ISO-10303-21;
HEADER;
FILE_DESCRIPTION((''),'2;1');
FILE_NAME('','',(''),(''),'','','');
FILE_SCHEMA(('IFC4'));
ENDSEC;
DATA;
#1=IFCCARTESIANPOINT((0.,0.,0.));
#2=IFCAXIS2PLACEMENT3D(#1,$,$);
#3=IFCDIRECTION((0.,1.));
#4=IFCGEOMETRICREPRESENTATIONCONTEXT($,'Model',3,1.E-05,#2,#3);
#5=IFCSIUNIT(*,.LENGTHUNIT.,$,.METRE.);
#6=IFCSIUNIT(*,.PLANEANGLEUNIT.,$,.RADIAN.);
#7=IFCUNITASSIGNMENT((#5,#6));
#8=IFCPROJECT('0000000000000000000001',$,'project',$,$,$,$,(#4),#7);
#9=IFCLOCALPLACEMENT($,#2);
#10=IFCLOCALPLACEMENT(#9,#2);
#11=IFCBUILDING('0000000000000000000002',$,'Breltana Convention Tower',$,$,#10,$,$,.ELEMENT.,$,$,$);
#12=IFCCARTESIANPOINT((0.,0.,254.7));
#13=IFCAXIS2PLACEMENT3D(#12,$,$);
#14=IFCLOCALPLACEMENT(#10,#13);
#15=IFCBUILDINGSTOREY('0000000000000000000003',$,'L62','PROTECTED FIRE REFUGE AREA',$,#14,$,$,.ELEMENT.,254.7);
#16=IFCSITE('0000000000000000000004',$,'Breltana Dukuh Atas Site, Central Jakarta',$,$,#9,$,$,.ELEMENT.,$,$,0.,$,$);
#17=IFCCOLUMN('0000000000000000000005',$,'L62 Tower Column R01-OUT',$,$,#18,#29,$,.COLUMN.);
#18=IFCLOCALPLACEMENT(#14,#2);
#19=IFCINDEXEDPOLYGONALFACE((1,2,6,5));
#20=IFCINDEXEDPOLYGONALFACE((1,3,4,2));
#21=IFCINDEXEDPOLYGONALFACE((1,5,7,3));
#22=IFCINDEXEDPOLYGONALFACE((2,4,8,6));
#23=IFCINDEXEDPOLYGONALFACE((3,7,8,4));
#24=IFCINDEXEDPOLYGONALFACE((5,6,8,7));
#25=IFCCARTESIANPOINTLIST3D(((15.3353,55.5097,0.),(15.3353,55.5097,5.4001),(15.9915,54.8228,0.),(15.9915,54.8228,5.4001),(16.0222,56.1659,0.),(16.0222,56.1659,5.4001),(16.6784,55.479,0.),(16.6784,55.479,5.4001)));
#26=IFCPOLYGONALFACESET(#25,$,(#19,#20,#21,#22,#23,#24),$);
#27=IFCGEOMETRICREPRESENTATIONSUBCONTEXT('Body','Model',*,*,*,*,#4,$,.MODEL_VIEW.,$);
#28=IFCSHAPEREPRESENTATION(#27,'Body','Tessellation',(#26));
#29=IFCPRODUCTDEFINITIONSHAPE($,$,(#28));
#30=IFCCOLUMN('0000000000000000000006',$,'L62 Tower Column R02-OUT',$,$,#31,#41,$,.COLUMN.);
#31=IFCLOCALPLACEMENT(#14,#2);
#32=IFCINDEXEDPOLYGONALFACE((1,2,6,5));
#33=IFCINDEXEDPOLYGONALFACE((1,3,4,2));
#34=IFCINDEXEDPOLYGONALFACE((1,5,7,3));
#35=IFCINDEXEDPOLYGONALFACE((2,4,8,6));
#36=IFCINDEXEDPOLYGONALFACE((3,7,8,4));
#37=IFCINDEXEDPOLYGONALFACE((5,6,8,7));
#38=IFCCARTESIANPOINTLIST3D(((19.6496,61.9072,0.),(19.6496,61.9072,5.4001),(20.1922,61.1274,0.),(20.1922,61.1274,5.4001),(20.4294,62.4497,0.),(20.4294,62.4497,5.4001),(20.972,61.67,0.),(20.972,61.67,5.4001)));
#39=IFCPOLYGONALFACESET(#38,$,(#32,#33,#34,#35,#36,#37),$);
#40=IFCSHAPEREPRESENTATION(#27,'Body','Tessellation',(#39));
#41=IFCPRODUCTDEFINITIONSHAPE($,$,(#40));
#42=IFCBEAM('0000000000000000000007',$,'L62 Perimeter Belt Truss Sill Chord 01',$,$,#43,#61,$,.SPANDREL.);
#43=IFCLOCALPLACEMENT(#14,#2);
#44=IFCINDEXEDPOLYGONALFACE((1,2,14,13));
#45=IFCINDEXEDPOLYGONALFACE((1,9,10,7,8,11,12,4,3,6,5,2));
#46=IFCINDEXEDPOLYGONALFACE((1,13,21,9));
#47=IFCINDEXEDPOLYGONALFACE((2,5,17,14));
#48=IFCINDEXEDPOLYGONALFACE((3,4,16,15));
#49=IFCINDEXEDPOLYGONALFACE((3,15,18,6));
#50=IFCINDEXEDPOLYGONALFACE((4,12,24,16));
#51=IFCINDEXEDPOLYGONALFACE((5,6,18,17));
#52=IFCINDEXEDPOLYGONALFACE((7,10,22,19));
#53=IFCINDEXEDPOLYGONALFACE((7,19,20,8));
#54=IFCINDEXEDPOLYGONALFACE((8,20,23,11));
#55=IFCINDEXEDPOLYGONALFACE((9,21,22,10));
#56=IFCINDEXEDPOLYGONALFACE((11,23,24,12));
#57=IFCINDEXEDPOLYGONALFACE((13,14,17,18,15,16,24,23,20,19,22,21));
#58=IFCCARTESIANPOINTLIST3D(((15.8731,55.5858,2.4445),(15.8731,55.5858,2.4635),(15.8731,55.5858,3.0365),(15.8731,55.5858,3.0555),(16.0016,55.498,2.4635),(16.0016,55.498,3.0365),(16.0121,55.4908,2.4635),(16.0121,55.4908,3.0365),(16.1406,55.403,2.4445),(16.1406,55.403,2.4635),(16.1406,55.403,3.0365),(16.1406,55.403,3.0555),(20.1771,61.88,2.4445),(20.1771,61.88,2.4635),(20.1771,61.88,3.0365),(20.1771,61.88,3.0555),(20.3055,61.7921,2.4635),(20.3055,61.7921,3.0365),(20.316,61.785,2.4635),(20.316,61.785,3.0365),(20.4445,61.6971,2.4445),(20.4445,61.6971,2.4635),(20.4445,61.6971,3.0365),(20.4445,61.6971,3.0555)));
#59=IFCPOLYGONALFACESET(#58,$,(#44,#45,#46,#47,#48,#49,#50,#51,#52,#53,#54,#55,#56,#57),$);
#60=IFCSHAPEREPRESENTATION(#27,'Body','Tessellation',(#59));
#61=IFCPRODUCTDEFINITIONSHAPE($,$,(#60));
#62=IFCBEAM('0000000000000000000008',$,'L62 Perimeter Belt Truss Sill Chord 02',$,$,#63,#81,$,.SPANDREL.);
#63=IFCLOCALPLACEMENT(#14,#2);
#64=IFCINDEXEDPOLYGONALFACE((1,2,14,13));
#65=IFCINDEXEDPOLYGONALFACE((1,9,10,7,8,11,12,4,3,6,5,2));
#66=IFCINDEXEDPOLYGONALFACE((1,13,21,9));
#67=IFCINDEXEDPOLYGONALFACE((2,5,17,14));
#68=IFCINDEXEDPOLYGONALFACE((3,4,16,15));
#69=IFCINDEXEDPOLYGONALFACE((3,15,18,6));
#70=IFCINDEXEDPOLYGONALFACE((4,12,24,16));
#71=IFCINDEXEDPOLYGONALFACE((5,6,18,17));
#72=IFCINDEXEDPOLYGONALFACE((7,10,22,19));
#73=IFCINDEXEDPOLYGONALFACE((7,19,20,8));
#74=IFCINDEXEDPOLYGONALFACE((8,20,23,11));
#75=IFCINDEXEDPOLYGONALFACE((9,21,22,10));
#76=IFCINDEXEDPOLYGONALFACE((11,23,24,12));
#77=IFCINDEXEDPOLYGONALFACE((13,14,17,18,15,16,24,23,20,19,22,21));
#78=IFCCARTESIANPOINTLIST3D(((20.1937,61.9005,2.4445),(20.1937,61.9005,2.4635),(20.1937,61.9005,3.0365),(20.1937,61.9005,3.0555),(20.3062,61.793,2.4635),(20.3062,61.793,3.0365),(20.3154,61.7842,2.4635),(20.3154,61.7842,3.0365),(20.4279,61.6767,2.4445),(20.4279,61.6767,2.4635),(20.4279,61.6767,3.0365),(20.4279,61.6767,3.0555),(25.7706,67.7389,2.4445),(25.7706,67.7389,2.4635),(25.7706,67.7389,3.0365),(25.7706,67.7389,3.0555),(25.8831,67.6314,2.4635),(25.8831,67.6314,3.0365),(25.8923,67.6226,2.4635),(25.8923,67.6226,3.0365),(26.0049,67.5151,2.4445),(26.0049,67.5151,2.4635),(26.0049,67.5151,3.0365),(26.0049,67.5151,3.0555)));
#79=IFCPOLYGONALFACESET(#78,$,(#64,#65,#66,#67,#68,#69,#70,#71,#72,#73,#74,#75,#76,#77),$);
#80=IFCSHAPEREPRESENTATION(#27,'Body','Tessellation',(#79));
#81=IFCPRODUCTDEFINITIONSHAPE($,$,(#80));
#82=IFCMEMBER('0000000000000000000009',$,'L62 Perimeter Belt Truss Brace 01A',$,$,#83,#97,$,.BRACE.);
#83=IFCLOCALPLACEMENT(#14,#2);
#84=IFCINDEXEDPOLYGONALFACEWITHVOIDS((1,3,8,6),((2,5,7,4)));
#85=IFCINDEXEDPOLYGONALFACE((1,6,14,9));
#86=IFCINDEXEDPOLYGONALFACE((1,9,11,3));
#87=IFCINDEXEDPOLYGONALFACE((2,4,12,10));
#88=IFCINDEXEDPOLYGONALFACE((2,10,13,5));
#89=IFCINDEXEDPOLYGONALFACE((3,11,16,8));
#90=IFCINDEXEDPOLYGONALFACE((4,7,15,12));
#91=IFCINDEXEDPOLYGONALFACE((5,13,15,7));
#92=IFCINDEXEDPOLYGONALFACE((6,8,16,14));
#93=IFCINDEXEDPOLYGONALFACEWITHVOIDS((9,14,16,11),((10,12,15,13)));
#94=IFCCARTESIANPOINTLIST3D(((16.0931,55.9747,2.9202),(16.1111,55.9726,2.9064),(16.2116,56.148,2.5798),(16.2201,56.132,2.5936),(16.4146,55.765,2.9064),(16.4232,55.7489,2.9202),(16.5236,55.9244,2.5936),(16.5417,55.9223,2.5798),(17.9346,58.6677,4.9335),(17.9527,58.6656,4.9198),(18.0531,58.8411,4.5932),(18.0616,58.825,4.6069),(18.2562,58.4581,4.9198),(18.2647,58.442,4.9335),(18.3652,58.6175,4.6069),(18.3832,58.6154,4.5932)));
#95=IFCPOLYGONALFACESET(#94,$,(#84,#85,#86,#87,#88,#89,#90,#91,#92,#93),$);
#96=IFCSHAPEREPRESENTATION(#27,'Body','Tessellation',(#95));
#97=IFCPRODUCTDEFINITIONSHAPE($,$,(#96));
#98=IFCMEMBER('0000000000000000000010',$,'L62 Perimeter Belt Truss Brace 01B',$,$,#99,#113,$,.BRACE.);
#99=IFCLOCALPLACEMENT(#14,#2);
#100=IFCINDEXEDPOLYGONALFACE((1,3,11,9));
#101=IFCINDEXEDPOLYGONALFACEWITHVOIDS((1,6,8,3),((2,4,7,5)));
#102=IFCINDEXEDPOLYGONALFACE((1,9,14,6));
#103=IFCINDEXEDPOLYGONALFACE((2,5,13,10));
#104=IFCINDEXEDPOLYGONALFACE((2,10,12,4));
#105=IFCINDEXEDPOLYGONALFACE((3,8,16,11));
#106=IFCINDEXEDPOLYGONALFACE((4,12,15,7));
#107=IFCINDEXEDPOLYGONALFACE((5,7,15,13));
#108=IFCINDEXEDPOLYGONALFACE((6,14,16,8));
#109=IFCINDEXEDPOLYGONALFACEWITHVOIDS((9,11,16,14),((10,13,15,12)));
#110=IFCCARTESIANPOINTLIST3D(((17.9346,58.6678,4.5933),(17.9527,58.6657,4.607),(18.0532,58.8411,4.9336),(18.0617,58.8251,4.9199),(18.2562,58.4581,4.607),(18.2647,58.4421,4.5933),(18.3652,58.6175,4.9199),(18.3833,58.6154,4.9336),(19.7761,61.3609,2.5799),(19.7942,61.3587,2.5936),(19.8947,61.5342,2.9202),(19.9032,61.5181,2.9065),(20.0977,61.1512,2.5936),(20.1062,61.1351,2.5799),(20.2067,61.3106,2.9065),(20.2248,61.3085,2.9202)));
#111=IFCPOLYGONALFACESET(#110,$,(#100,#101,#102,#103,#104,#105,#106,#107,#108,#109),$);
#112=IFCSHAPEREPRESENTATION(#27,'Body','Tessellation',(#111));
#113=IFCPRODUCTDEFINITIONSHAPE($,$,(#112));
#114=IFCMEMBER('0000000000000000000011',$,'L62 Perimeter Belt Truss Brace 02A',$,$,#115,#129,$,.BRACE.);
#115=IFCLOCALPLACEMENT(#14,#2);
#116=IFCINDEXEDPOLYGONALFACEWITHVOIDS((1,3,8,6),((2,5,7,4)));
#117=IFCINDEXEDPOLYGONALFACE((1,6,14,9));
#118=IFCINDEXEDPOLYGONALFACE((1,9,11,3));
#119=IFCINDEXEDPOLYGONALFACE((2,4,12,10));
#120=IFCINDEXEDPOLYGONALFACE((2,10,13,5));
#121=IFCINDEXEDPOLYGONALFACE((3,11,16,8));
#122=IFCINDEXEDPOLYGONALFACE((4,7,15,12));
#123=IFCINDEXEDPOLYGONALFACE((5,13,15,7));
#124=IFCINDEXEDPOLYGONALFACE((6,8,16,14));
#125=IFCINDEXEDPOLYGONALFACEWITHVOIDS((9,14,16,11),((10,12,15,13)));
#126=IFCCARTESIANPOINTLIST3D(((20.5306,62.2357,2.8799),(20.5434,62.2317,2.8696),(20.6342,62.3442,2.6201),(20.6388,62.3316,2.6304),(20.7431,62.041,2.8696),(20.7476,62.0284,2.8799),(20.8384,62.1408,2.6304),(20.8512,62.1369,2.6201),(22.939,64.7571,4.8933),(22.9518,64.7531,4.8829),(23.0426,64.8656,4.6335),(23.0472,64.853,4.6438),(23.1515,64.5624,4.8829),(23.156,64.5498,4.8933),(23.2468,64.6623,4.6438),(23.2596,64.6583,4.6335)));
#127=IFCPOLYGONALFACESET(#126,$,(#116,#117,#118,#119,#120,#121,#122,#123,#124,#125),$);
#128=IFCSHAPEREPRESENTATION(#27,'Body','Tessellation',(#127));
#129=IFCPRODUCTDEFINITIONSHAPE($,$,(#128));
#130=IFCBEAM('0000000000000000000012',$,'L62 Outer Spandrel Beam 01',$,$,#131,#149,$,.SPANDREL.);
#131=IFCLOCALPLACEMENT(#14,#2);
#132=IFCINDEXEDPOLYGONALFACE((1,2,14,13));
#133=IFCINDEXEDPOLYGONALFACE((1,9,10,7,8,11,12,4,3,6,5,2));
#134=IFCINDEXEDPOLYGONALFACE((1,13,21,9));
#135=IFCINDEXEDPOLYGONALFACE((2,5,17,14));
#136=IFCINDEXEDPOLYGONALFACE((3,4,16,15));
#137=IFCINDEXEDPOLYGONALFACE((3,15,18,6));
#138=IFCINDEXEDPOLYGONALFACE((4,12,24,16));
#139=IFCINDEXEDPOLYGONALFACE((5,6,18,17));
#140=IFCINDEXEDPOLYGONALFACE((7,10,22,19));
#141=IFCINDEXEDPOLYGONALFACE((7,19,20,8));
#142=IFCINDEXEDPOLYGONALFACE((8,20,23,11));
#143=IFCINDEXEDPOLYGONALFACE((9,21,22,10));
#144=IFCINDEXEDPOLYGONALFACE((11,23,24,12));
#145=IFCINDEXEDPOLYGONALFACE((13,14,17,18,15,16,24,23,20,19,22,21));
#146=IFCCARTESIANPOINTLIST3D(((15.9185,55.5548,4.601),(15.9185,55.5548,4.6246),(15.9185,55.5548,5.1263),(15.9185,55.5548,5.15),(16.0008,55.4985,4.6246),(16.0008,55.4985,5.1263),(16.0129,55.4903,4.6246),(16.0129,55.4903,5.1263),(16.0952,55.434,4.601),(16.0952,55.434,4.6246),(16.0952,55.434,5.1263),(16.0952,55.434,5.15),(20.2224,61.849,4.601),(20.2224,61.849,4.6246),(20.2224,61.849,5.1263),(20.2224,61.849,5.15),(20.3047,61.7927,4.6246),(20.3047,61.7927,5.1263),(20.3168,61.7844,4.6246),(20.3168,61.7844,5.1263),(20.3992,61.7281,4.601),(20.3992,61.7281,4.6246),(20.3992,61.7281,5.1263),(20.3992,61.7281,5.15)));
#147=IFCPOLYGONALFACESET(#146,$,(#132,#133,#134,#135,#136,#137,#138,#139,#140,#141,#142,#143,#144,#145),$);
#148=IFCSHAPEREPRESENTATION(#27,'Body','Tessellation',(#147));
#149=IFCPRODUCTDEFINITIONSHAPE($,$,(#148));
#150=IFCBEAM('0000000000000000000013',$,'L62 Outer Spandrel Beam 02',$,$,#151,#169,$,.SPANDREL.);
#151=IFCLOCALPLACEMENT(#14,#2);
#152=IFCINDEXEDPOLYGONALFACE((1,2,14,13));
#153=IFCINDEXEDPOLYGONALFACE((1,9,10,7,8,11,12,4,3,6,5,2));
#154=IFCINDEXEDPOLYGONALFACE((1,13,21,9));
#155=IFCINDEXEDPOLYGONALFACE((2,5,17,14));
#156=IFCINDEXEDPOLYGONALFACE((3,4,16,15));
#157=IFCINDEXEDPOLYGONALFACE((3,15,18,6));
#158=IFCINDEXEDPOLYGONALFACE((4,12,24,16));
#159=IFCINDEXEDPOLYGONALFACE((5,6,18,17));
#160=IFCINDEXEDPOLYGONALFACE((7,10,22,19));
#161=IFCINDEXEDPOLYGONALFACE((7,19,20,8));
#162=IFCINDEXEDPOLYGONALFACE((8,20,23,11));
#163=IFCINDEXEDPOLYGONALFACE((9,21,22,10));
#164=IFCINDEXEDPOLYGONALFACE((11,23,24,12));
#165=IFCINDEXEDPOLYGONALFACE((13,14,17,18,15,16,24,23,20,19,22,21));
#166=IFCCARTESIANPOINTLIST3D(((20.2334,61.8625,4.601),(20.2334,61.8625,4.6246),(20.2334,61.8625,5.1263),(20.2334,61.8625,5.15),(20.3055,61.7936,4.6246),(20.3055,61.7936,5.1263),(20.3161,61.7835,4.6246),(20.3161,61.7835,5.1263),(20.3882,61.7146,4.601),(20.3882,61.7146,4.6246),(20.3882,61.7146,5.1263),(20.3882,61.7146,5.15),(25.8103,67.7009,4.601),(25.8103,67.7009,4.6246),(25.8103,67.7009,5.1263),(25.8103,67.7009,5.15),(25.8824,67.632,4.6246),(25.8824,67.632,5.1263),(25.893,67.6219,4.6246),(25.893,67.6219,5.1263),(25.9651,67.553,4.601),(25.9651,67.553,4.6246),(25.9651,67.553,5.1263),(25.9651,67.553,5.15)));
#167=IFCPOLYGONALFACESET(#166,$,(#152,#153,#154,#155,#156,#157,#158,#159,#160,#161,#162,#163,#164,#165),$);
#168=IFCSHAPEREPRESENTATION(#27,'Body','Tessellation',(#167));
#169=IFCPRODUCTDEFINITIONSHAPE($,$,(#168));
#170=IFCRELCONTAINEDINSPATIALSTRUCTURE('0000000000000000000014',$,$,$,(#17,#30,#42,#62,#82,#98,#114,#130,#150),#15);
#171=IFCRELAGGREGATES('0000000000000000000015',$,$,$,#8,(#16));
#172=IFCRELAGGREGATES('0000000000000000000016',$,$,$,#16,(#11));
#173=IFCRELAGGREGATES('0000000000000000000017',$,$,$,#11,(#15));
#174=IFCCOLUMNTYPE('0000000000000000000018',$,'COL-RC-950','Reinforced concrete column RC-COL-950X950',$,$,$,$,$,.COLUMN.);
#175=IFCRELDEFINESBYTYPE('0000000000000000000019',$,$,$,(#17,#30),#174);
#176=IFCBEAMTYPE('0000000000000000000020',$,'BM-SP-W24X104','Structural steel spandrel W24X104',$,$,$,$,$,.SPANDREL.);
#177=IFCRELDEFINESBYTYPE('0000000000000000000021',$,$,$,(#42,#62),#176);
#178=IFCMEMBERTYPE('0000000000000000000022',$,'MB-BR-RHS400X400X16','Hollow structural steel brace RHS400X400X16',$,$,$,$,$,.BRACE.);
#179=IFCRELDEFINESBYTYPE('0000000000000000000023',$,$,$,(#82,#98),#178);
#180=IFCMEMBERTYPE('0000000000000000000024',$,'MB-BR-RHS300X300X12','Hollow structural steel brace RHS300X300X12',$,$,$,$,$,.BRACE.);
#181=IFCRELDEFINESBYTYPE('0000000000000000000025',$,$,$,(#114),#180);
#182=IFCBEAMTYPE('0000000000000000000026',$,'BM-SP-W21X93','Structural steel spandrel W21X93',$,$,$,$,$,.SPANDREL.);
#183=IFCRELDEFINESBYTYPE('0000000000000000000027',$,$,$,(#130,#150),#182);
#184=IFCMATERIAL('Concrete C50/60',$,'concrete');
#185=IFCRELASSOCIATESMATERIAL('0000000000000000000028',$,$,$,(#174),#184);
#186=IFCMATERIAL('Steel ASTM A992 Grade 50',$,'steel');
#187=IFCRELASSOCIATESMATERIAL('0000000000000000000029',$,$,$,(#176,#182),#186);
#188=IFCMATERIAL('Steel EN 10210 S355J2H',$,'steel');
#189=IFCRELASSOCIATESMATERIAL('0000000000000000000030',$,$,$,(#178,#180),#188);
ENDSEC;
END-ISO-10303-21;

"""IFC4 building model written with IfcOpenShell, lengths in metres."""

from ifc_helpers import new_model, si_unit, direction, frame, origin, origin_2d, place, context, subcontext, project, spatial, rectangle, hollow_rectangle, i_section, extrude, source, transform, mapped, material, material_profile, profile_set, type_object, type_shapes, element, save


model = new_model("IFC4")

# Units and contexts
model_context = context("Model", 3, precision=1e-05, world=origin(), true_north=direction((0.0, 1.0)))
body_context = subcontext(model_context, "Body", "Model", "MODEL_VIEW")
ifc_project = project(units=[si_unit("LENGTHUNIT", "METRE"), si_unit("PLANEANGLEUNIT", "RADIAN")], contexts=[model_context])

# Site, building, storey
site_placement = place(None, origin())
site = spatial("IfcSite", under=ifc_project, at=site_placement, Name="Breltana Dukuh Atas Site, Central Jakarta", CompositionType="ELEMENT", RefElevation=0.0)
building_placement = place(site_placement, origin())
building = spatial("IfcBuilding", under=site, at=building_placement, Name="Breltana Convention Tower", CompositionType="ELEMENT")
storey_placement = place(building_placement, frame((0.0, 0.0, 254.7)))
storey = spatial("IfcBuildingStorey", under=building, at=storey_placement, Name="L62", Description="PROTECTED FIRE REFUGE AREA", CompositionType="ELEMENT", Elevation=254.7)

# Columns
ifc_material_1 = material(Name="Concrete C50/60", Category="concrete")
ifc_material_profile_1 = material_profile(ifc_material_1, rectangle(XDim=0.95, YDim=0.95, at=origin_2d()), Name="RC-COL-950X950")
ifc_profile_set_1 = profile_set([ifc_material_profile_1], Name="Concrete C50/60")
column_type = type_object("IfcColumnType", Name="COL-RC-950", Description="Reinforced concrete column RC-COL-950X950", PredefinedType="COLUMN", material=ifc_profile_set_1)
shared_shape_1 = source(origin(), body_context, "Body", "SweptSolid", [
    extrude(rectangle(XDim=0.95, YDim=0.95, at=origin_2d()), origin(), (0.0, 0.0, 1.0), 5.4001),
])
for number, where, z_axis, x_axis, name in (
    (1, (16.0068, 55.4944, 0.0), (0.0, 0.0, 1.0), (-0.690756, 0.723088, 0.0), "L62 Tower Column R01-OUT"),
    (2, (20.3108, 61.7886, 0.0), (0.0, 0.0, 1.0), (-0.571143, 0.82085, 0.0), "L62 Tower Column R02-OUT"),
):
    element("IfcColumn", number, at=place(storey_placement, frame(where, z_axis=z_axis, x_axis=x_axis)), inside=storey, type_object=column_type, Name=name, PredefinedType="COLUMN", context=body_context, shape_type="MappedRepresentation", body=[
        mapped(shared_shape_1, transform((0.0, 0.0, 0.0), scale=1.0)),
    ])

# Beams
ifc_material_2 = material(Name="Steel ASTM A992 Grade 50", Category="steel")
ifc_material_profile_2 = material_profile(ifc_material_2, i_section(OverallWidth=0.324, OverallDepth=0.6111, WebThickness=0.0127, FlangeThickness=0.019, at=origin_2d()), Name="W24X104")
ifc_profile_set_2 = profile_set([ifc_material_profile_2], Name="Steel ASTM A992 Grade 50")
beam_type_1 = type_object("IfcBeamType", Name="BM-SP-W24X104", Description="Structural steel spandrel W24X104", PredefinedType="SPANDREL", material=ifc_profile_set_2)
shared_shape_2 = source(origin(), body_context, "Body", "SweptSolid", [
    extrude(i_section(OverallWidth=0.324, OverallDepth=0.6111, WebThickness=0.0127, FlangeThickness=0.019, at=origin_2d()), origin(), (0.0, 0.0, 1.0), 7.625),
])
type_shapes(beam_type_1, [shared_shape_2])
beam_1_placement = place(storey_placement, frame((16.0068, 55.4944, 2.75), z_axis=(0.564452, 0.825466, 0.0), x_axis=(-0.825466, 0.564452, 0.0)))
element("IfcBeam", 3, at=beam_1_placement, inside=storey, type_object=beam_type_1, Name="L62 Perimeter Belt Truss Sill Chord 01", PredefinedType="SPANDREL", context=body_context, shape_type="MappedRepresentation", body=[
    mapped(shared_shape_2, transform((0.0, 0.0, 0.0), scale=1.0)),
])
shared_shape_3 = source(origin(), body_context, "Body", "SweptSolid", [
    extrude(i_section(OverallWidth=0.324, OverallDepth=0.6111, WebThickness=0.0127, FlangeThickness=0.019, at=origin_2d()), origin(), (0.0, 0.0, 1.0), 8.074),
])
beam_2_placement = place(storey_placement, frame((20.3108, 61.7886, 2.75), z_axis=(0.690729, 0.723114, 0.0), x_axis=(-0.723114, 0.690729, 0.0)))
element("IfcBeam", 4, at=beam_2_placement, inside=storey, type_object=beam_type_1, Name="L62 Perimeter Belt Truss Sill Chord 02", PredefinedType="SPANDREL", context=body_context, shape_type="MappedRepresentation", body=[
    mapped(shared_shape_3, transform((0.0, 0.0, 0.0), scale=1.0)),
])

# Members
ifc_material_3 = material(Name="Steel EN 10210 S355J2H", Category="steel")
ifc_material_profile_3 = material_profile(ifc_material_3, hollow_rectangle(XDim=0.3999, YDim=0.3999, WallThickness=0.0161, at=origin_2d()), Name="RHS400X400X16")
ifc_profile_set_3 = profile_set([ifc_material_profile_3], Name="Steel EN 10210 S355J2H")
member_type_1 = type_object("IfcMemberType", Name="MB-BR-RHS400X400X16", Description="Hollow structural steel brace RHS400X400X16", PredefinedType="BRACE", material=ifc_profile_set_3)
shared_shape_4 = source(origin(), body_context, "Body", "SweptSolid", [
    extrude(hollow_rectangle(XDim=0.3999, YDim=0.3999, WallThickness=0.0161, at=origin_2d()), origin(), (0.0, 0.0, 1.0), 3.8337),
])
for number, where, z_axis, x_axis, name in (
    (5, (16.3174, 55.9485, 2.75), (0.480346, 0.702465, 0.525177), (-0.825465, 0.564453, 0.0), "L62 Perimeter Belt Truss Brace 01A"),
    (6, (18.1589, 58.6416, 4.7634), (0.480346, 0.702465, -0.525177), (-0.825465, 0.564453, 0.0), "L62 Perimeter Belt Truss Brace 01B"),
):
    element("IfcMember", number, at=place(storey_placement, frame(where, z_axis=z_axis, x_axis=x_axis)), inside=storey, type_object=member_type_1, Name=name, PredefinedType="BRACE", context=body_context, shape_type="MappedRepresentation", body=[
        mapped(shared_shape_4, transform((0.0, 0.0, 0.0), scale=1.0)),
    ])
ifc_material_profile_4 = material_profile(ifc_material_3, hollow_rectangle(XDim=0.3, YDim=0.3, WallThickness=0.012, at=origin_2d()), Name="RHS300X300X12")
ifc_profile_set_4 = profile_set([ifc_material_profile_4], Name="Steel EN 10210 S355J2H")
member_type_2 = type_object("IfcMemberType", Name="MB-BR-RHS300X300X12", Description="Hollow structural steel brace RHS300X300X12", PredefinedType="BRACE", material=ifc_profile_set_4)
shared_shape_5 = source(origin(), body_context, "Body", "SweptSolid", [
    extrude(hollow_rectangle(XDim=0.3, YDim=0.3, WallThickness=0.012, at=origin_2d()), origin(), (0.0, 0.0, 1.0), 4.0264),
])
member_placement = place(storey_placement, frame((20.6909, 62.1863, 2.75), z_axis=(0.598155, 0.626228, 0.500049), x_axis=(-0.72313, 0.690712, 0.0)))
element("IfcMember", 7, at=member_placement, inside=storey, type_object=member_type_2, Name="L62 Perimeter Belt Truss Brace 02A", PredefinedType="BRACE", context=body_context, shape_type="MappedRepresentation", body=[
    mapped(shared_shape_5, transform((0.0, 0.0, 0.0), scale=1.0)),
])

# Beams
ifc_material_profile_5 = material_profile(ifc_material_2, i_section(OverallWidth=0.2141, OverallDepth=0.5491, WebThickness=0.0146, FlangeThickness=0.0237, at=origin_2d()), Name="W21X93")
ifc_profile_set_5 = profile_set([ifc_material_profile_5], Name="Steel ASTM A992 Grade 50")
beam_type_2 = type_object("IfcBeamType", Name="BM-SP-W21X93", Description="Structural steel spandrel W21X93", PredefinedType="SPANDREL", material=ifc_profile_set_5)
shared_shape_6 = source(origin(), body_context, "Body", "SweptSolid", [
    extrude(i_section(OverallWidth=0.2141, OverallDepth=0.5491, WebThickness=0.0146, FlangeThickness=0.0237, at=origin_2d()), origin(), (0.0, 0.0, 1.0), 7.625),
])
type_shapes(beam_type_2, [shared_shape_6])
beam_3_placement = place(storey_placement, frame((16.0068, 55.4944, 4.8755), z_axis=(0.564452, 0.825466, 0.0), x_axis=(-0.825466, 0.564452, 0.0)))
element("IfcBeam", 8, at=beam_3_placement, inside=storey, type_object=beam_type_2, Name="L62 Outer Spandrel Beam 01", PredefinedType="SPANDREL", context=body_context, shape_type="MappedRepresentation", body=[
    mapped(shared_shape_6, transform((0.0, 0.0, 0.0), scale=1.0)),
])
shared_shape_7 = source(origin(), body_context, "Body", "SweptSolid", [
    extrude(i_section(OverallWidth=0.2141, OverallDepth=0.5491, WebThickness=0.0146, FlangeThickness=0.0237, at=origin_2d()), origin(), (0.0, 0.0, 1.0), 8.074),
])
beam_4_placement = place(storey_placement, frame((20.3108, 61.7886, 4.8755), z_axis=(0.690729, 0.723114, 0.0), x_axis=(-0.723114, 0.690729, 0.0)))
element("IfcBeam", 9, at=beam_4_placement, inside=storey, type_object=beam_type_2, Name="L62 Outer Spandrel Beam 02", PredefinedType="SPANDREL", context=body_context, shape_type="MappedRepresentation", body=[
    mapped(shared_shape_7, transform((0.0, 0.0, 0.0), scale=1.0)),
])

save(model, "model.ifc")
